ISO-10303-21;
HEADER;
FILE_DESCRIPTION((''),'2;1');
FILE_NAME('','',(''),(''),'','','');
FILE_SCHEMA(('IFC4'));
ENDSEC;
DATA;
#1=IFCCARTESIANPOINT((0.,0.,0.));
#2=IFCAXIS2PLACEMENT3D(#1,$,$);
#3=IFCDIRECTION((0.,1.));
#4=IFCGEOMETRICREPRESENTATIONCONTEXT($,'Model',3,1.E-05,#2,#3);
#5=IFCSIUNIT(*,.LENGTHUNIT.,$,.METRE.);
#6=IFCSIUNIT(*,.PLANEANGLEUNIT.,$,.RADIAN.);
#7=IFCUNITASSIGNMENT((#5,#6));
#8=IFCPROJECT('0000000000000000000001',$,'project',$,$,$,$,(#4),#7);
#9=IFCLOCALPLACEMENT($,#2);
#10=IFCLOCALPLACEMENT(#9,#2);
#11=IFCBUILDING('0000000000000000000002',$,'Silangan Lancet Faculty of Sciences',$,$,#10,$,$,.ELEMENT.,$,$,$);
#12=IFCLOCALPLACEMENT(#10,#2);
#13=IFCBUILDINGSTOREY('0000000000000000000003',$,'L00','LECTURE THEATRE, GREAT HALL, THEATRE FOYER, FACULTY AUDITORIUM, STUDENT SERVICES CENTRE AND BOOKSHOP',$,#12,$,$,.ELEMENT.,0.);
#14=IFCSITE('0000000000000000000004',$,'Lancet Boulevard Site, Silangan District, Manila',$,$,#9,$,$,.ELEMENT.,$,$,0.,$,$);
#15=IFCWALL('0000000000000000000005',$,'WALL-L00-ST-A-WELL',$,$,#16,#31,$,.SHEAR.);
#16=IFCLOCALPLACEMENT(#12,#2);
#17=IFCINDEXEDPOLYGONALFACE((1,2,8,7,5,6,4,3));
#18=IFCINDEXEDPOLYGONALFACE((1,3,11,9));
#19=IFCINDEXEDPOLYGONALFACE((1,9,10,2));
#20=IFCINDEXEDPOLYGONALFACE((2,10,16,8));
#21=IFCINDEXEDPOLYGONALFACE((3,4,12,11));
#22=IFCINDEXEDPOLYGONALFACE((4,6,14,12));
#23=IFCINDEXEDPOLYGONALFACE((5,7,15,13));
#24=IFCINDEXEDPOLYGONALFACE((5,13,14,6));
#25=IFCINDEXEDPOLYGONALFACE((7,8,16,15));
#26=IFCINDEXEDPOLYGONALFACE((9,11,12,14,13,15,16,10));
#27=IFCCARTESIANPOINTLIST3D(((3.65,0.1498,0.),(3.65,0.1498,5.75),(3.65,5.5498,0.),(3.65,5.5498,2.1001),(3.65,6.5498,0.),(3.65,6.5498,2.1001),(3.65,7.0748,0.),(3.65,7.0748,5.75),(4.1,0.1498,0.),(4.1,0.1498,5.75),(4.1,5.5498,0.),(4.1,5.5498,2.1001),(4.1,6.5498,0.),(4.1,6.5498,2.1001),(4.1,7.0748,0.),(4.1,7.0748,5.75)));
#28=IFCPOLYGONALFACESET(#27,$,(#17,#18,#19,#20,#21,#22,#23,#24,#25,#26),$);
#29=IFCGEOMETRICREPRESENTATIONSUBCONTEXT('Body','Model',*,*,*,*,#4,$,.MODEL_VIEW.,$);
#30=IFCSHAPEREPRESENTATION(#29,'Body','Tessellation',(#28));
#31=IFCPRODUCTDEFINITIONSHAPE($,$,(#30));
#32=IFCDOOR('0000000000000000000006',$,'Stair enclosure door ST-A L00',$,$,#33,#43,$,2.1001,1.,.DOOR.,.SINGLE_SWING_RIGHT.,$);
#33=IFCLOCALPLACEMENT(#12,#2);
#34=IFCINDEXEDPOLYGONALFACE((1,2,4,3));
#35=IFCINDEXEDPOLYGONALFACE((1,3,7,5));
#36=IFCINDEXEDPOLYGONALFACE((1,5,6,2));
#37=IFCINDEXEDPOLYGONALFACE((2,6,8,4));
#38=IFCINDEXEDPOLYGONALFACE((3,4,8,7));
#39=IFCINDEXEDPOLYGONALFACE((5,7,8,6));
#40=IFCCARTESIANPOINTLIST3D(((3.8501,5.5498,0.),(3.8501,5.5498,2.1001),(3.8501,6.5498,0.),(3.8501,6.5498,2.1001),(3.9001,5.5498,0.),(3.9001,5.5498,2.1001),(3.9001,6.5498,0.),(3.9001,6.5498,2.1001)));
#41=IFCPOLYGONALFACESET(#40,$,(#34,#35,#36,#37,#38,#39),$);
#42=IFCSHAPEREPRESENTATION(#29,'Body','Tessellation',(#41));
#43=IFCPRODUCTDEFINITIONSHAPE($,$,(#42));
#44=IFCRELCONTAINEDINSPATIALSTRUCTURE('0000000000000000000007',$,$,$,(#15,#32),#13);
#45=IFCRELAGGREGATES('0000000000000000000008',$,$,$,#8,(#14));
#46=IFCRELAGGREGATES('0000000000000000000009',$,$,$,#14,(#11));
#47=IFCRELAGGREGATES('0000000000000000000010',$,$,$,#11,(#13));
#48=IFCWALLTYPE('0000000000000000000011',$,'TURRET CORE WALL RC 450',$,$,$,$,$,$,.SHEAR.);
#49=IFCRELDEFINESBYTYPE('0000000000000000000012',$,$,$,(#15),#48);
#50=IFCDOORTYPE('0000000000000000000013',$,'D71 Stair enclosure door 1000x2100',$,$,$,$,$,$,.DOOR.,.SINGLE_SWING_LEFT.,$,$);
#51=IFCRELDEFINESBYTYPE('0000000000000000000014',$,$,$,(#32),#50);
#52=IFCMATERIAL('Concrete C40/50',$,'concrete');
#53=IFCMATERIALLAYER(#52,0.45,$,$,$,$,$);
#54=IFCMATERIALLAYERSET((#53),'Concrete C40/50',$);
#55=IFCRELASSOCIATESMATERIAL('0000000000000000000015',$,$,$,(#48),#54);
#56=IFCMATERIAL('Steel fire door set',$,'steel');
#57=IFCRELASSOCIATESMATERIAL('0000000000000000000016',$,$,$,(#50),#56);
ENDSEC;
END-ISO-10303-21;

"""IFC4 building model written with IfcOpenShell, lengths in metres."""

from ifc_helpers import new_model, si_unit, direction, frame, frame_2d, origin, place, context, subcontext, project, spatial, rectangle, extrude, material, layer, layer_set, type_object, element, fill, save


model = new_model("IFC4")

# Units and contexts
model_context = context("Model", 3, precision=1e-05, world=origin(), true_north=direction((0.0, 1.0)))
body_context = subcontext(model_context, "Body", "Model", "MODEL_VIEW")
ifc_project = project(units=[si_unit("LENGTHUNIT", "METRE"), si_unit("PLANEANGLEUNIT", "RADIAN")], contexts=[model_context])

# Site, building, storey
site_placement = place(None, origin())
site = spatial("IfcSite", under=ifc_project, at=site_placement, Name="Lancet Boulevard Site, Silangan District, Manila", CompositionType="ELEMENT", RefElevation=0.0)
building_placement = place(site_placement, origin())
building = spatial("IfcBuilding", under=site, at=building_placement, Name="Silangan Lancet Faculty of Sciences", CompositionType="ELEMENT")
storey_placement = place(building_placement, origin())
storey = spatial("IfcBuildingStorey", under=building, at=storey_placement, Name="L00", Description="LECTURE THEATRE, GREAT HALL, THEATRE FOYER, FACULTY AUDITORIUM, STUDENT SERVICES CENTRE AND BOOKSHOP", CompositionType="ELEMENT", Elevation=0.0)

# Wall, opening, door
ifc_material_1 = material(Name="Concrete C40/50", Category="concrete")
ifc_layer_1 = layer(ifc_material_1, 0.45)
ifc_layer_set_1 = layer_set([ifc_layer_1], Name="Concrete C40/50")
wall_type_1 = type_object("IfcWallType", Name="TURRET CORE WALL RC 450", PredefinedType="SHEAR", material=ifc_layer_set_1)
wall_1_placement = place(storey_placement, frame((3.875, 0.1499, 0.0), z_axis=(0.0, 0.0, 1.0), x_axis=(0.0, 1.0, 0.0)))
wall_1 = element("IfcWall", 1, at=wall_1_placement, inside=storey, type_object=wall_type_1, Name="WALL-L00-ST-A-WELL", PredefinedType="SHEAR", context=body_context, shape_type="SweptSolid", body=[
    extrude(rectangle(XDim=6.925, YDim=0.45, at=frame_2d((3.4624, 0.0))), origin(), (0.0, 0.0, 1.0), 5.75),
])
opening_1_placement = place(wall_1_placement, frame((5.3999, 0.0, 0.0)))
opening_1 = element("IfcOpeningElement", 2, at=opening_1_placement, cuts=wall_1, PredefinedType="OPENING", context=body_context, shape_type="SweptSolid", body=[
    extrude(rectangle(XDim=1.0, YDim=2.1001, at=frame_2d((0.5, 1.05))), frame((0.0, 0.2349, 0.0), z_axis=(0.0, -1.0, 0.0), x_axis=(1.0, 0.0, 0.0)), (0.0, 0.0, 1.0), 0.47),
])
ifc_material_2 = material(Name="Steel fire door set", Category="steel")
door_type = type_object("IfcDoorType", Name="D71 Stair enclosure door 1000x2100", OperationType="SINGLE_SWING_LEFT", PredefinedType="DOOR", material=ifc_material_2)
door_placement = place(opening_1_placement, origin())
door = element("IfcDoor", 3, at=door_placement, inside=storey, type_object=door_type, Name="Stair enclosure door ST-A L00", OperationType="SINGLE_SWING_RIGHT", OverallHeight=2.1001, OverallWidth=1.0, PredefinedType="DOOR", context=body_context, shape_type="SweptSolid", body=[
    extrude(rectangle(XDim=1.0, YDim=2.1001, at=frame_2d((0.5, 1.05))), frame((0.0, 0.0249, 0.0), z_axis=(0.0, -1.0, 0.0), x_axis=(1.0, 0.0, 0.0)), (0.0, 0.0, 1.0), 0.05),
])
fill(opening_1, door)

save(model, "model.ifc")
